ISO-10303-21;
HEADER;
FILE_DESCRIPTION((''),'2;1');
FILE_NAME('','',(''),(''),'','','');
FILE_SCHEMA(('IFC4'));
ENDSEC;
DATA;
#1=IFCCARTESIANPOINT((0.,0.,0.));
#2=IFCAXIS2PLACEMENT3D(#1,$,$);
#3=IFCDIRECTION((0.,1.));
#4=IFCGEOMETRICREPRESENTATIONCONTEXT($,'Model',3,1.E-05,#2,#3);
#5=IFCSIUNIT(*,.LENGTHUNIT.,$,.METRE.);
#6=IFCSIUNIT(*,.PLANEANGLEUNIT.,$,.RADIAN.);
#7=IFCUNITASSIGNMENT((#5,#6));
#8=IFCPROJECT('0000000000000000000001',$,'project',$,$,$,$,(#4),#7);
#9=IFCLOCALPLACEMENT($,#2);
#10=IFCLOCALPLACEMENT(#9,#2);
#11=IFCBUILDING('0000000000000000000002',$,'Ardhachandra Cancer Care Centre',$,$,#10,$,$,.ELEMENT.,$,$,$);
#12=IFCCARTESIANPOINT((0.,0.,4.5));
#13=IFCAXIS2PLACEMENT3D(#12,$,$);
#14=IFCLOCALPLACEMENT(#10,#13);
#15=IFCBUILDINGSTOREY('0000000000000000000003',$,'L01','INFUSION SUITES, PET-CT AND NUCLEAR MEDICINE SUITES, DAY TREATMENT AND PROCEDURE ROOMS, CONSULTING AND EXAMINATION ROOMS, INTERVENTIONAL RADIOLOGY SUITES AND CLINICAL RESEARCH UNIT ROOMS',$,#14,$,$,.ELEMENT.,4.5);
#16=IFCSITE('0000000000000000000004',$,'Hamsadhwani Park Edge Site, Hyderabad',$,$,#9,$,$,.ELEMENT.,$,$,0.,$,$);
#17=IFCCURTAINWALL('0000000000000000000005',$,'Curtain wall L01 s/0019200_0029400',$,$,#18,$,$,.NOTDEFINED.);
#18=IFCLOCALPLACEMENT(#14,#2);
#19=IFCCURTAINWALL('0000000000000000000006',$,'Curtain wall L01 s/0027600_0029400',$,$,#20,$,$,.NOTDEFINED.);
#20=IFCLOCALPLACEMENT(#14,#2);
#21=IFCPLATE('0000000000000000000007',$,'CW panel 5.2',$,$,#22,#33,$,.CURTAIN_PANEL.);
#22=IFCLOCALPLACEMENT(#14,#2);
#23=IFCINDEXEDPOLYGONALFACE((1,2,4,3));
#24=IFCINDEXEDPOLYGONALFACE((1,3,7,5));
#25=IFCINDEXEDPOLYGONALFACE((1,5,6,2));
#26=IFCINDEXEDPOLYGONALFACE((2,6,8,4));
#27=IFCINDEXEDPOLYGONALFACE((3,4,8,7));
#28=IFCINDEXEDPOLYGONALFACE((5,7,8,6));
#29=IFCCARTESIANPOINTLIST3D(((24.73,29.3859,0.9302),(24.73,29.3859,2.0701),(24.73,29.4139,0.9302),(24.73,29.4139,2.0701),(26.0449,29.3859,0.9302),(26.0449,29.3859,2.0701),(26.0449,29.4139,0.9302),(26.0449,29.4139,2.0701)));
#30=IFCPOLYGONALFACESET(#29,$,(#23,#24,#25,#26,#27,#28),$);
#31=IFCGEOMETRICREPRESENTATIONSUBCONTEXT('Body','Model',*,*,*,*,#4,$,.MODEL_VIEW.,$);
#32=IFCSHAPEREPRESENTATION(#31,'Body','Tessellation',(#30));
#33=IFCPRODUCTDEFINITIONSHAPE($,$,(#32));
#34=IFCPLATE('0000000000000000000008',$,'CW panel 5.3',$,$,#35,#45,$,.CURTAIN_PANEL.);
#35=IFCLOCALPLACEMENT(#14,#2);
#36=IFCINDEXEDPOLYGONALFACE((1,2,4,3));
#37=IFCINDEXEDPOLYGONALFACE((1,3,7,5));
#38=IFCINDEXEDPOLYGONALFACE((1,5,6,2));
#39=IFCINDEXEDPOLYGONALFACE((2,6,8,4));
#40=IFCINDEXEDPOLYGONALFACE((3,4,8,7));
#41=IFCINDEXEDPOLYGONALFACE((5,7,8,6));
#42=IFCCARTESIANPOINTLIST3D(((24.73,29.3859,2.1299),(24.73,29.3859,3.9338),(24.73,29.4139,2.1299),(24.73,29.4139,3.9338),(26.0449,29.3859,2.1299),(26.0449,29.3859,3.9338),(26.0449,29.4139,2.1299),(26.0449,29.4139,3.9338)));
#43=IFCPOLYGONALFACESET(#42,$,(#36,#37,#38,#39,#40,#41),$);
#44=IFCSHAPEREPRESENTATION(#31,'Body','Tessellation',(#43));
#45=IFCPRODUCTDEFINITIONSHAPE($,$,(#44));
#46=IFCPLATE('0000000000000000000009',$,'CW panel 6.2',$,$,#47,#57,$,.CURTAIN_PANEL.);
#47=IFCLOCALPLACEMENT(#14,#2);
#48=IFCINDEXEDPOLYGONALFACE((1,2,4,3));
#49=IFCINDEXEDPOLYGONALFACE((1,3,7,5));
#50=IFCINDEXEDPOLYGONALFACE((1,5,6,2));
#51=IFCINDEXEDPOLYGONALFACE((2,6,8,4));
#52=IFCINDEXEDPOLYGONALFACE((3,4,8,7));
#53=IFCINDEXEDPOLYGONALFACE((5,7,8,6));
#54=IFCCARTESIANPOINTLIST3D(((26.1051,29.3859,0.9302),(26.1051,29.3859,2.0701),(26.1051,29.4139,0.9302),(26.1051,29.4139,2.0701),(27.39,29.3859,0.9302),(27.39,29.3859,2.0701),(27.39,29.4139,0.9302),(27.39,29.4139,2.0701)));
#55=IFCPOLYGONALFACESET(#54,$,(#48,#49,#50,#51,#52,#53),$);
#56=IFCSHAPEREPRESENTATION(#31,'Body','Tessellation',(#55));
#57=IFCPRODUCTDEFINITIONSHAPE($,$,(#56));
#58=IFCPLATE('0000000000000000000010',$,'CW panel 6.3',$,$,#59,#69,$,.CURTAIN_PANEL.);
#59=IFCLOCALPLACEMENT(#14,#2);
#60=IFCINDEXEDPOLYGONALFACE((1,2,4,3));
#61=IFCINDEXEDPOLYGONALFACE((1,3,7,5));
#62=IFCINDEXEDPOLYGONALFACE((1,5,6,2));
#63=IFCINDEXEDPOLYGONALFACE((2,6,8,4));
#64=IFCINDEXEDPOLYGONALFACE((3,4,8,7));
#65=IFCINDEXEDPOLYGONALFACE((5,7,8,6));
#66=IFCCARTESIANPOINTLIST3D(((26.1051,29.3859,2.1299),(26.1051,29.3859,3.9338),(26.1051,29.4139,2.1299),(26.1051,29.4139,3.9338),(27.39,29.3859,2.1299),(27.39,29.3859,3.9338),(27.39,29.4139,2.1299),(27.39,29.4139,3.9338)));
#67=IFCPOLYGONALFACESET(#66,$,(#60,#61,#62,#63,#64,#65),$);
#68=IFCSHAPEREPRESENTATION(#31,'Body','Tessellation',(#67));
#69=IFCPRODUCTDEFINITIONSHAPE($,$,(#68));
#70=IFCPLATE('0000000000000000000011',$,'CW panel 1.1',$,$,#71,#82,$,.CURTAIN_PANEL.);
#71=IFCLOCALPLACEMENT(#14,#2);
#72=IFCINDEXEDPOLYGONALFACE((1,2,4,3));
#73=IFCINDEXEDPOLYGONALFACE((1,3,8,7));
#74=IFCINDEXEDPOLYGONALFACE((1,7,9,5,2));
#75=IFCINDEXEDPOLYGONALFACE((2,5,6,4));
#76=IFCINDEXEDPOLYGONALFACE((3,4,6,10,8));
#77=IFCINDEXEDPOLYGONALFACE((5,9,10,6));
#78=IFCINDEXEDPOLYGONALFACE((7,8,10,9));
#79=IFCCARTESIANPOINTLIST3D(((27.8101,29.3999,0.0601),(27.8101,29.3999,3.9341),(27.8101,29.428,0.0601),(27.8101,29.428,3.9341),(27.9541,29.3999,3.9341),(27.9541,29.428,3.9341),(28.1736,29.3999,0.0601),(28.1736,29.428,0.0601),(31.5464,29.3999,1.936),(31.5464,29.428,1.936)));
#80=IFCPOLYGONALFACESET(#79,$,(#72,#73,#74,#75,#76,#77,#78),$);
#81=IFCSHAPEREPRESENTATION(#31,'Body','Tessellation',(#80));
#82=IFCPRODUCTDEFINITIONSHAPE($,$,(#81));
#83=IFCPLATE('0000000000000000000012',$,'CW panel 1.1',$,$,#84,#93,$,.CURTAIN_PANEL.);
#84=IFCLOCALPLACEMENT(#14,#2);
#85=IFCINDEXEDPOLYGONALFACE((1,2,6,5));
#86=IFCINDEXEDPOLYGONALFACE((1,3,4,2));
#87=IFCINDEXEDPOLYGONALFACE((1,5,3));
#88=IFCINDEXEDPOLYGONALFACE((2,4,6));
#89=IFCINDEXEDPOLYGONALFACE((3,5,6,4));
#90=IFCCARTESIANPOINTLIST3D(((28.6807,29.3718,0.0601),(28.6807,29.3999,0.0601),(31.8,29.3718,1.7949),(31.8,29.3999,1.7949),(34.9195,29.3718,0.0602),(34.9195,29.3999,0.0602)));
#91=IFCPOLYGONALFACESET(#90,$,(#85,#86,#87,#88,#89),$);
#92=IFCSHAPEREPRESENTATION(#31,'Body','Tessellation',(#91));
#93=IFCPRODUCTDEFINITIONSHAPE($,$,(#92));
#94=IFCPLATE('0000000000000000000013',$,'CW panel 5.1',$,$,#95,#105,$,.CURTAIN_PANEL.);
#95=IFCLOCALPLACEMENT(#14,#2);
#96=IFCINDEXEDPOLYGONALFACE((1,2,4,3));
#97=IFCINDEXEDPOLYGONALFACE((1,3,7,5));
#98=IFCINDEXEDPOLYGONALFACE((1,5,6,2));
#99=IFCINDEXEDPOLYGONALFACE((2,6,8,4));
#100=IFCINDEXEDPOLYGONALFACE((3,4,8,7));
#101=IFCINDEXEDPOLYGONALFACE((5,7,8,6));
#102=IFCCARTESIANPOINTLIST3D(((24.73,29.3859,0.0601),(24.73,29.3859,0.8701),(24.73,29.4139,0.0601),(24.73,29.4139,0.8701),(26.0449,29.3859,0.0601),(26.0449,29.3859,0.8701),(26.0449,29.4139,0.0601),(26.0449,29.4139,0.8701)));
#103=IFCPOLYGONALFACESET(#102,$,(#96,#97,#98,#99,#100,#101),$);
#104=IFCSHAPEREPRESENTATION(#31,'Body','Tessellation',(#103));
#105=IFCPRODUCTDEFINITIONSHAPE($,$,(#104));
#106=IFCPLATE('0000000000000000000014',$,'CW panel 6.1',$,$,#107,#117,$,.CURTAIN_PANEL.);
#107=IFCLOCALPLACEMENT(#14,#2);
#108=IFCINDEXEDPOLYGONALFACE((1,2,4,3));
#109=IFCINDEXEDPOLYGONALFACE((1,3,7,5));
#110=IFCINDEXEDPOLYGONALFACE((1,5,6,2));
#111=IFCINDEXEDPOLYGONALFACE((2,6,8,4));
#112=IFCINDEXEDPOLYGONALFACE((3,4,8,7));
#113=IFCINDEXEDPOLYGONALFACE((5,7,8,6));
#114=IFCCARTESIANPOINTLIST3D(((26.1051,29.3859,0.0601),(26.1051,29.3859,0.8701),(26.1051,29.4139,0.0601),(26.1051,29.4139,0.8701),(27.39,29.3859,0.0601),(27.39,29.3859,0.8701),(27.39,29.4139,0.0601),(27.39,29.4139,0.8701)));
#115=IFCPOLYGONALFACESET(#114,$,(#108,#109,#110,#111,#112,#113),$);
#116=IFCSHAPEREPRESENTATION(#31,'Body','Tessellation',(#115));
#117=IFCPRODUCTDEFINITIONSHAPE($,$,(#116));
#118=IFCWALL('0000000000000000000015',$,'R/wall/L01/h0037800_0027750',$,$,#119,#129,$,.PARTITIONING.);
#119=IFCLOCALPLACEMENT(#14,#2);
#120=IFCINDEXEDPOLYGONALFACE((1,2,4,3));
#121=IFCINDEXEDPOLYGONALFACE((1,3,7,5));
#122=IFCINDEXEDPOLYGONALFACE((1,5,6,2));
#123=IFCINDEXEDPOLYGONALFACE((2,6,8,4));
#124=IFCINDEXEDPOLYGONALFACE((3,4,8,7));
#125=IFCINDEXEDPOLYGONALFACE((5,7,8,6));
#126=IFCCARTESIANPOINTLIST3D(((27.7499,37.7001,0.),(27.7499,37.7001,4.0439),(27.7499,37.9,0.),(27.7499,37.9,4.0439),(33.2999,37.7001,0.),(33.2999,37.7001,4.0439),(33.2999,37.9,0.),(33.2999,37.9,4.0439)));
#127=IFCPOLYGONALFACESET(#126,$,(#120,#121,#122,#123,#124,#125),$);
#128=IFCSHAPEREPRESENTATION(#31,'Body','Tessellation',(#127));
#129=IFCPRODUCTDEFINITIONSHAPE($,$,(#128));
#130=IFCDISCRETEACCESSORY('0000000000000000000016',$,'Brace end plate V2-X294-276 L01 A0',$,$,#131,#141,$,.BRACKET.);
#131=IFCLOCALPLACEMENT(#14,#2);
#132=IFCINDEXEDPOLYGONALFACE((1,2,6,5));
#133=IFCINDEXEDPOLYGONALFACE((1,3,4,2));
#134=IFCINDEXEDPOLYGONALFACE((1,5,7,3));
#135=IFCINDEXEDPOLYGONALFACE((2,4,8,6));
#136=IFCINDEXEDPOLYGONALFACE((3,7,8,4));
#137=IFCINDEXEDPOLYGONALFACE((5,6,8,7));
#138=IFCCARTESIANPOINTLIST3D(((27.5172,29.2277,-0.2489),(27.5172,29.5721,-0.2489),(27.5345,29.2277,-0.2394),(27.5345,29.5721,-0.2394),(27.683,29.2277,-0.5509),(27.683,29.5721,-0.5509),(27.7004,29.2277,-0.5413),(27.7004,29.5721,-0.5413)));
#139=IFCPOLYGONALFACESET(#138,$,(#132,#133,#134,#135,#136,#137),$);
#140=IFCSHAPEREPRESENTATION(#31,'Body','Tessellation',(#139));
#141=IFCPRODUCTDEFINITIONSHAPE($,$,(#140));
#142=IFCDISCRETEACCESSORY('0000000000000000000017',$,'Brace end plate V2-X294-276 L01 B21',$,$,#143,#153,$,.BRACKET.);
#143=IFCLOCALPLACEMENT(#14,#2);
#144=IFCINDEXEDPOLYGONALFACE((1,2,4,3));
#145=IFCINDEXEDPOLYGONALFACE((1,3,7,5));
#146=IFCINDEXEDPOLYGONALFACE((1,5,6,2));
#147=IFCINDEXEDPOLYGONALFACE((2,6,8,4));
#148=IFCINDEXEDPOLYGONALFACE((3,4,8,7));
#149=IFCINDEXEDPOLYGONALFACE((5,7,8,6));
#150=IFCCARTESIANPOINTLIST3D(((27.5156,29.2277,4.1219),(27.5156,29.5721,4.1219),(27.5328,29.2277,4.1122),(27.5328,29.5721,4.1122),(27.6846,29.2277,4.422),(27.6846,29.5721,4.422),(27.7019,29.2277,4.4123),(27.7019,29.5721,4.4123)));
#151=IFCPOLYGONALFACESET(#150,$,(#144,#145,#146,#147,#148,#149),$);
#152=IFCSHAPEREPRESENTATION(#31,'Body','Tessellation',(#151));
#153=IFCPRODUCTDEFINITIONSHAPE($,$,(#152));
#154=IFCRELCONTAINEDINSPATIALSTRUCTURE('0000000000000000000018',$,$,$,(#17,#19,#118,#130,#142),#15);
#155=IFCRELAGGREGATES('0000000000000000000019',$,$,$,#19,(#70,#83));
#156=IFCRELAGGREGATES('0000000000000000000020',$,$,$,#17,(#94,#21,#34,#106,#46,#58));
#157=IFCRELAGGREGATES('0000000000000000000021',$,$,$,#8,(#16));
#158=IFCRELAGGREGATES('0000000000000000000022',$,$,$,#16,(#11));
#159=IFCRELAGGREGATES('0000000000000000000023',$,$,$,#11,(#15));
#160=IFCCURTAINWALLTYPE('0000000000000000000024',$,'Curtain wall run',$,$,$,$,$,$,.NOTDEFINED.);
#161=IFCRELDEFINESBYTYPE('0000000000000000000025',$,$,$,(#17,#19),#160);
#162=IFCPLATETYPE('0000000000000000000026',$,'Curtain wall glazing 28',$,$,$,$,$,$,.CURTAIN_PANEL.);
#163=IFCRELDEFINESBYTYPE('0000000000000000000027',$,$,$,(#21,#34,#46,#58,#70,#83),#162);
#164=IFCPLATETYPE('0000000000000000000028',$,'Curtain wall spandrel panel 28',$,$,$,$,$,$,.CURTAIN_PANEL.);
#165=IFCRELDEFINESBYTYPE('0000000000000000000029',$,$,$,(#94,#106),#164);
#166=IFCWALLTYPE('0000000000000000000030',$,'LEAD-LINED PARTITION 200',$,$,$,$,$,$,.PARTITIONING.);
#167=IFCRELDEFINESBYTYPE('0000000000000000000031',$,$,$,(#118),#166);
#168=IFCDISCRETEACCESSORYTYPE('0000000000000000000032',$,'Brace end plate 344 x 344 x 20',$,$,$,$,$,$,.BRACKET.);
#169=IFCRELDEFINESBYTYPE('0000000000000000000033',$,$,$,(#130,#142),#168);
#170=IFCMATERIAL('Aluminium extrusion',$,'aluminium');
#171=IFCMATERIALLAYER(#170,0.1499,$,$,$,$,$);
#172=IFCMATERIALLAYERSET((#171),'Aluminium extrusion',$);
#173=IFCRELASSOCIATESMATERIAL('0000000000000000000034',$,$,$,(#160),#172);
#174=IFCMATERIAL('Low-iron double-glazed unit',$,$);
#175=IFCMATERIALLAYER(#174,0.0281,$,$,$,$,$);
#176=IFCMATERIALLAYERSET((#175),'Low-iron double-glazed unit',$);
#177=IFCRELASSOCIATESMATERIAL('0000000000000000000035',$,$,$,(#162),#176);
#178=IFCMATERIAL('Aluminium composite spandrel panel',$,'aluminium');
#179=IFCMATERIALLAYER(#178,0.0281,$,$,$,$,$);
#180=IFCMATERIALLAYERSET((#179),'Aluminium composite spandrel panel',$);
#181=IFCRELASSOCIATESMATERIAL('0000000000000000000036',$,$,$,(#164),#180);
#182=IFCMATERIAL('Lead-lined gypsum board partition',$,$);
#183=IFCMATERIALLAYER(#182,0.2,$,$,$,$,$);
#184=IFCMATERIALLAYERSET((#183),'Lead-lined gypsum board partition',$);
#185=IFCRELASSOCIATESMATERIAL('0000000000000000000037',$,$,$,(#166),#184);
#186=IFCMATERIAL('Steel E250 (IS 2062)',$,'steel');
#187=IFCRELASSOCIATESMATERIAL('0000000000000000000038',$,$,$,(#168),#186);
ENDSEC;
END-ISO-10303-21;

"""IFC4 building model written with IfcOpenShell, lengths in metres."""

from ifc_helpers import new_model, si_unit, direction, frame, frame_2d, origin, origin_2d, place, context, subcontext, project, spatial, polyline, rectangle, outline, extrude, material, layer, layer_set, material_profile, profile_set, type_object, element, aggregate, save


model = new_model("IFC4")

# Units and contexts
model_context = context("Model", 3, precision=1e-05, world=origin(), true_north=direction((0.0, 1.0)))
body_context = subcontext(model_context, "Body", "Model", "MODEL_VIEW")
ifc_project = project(units=[si_unit("LENGTHUNIT", "METRE"), si_unit("PLANEANGLEUNIT", "RADIAN")], contexts=[model_context])

# Site, building, storey
site_placement = place(None, origin())
site = spatial("IfcSite", under=ifc_project, at=site_placement, Name="Hamsadhwani Park Edge Site, Hyderabad", CompositionType="ELEMENT", RefElevation=0.0)
building_placement = place(site_placement, origin())
building = spatial("IfcBuilding", under=site, at=building_placement, Name="Ardhachandra Cancer Care Centre", CompositionType="ELEMENT")
storey_placement = place(building_placement, frame((0.0, 0.0, 4.5)))
storey = spatial("IfcBuildingStorey", under=building, at=storey_placement, Name="L01", Description="INFUSION SUITES, PET-CT AND NUCLEAR MEDICINE SUITES, DAY TREATMENT AND PROCEDURE ROOMS, CONSULTING AND EXAMINATION ROOMS, INTERVENTIONAL RADIOLOGY SUITES AND CLINICAL RESEARCH UNIT ROOMS", CompositionType="ELEMENT", Elevation=4.5)

# Curtain wall
ifc_material_1 = material(Name="Aluminium extrusion", Category="aluminium")
ifc_layer_1 = layer(ifc_material_1, 0.1499)
ifc_layer_set_1 = layer_set([ifc_layer_1], Name="Aluminium extrusion")
curtain_wall_type = type_object("IfcCurtainWallType", Name="Curtain wall run", PredefinedType="NOTDEFINED", material=ifc_layer_set_1)
curtain_wall_1_placement = place(storey_placement, origin())
curtain_wall_1 = element("IfcCurtainWall", 1, at=curtain_wall_1_placement, inside=storey, type_object=curtain_wall_type, Name="Curtain wall L01 s/0019200_0029400", PredefinedType="NOTDEFINED")

# Curtain wall
curtain_wall_2_placement = place(storey_placement, origin())
curtain_wall_2 = element("IfcCurtainWall", 2, at=curtain_wall_2_placement, inside=storey, type_object=curtain_wall_type, Name="Curtain wall L01 s/0027600_0029400", PredefinedType="NOTDEFINED")

# Plates
ifc_material_2 = material(Name="Low-iron double-glazed unit")
ifc_layer_2 = layer(ifc_material_2, 0.0281)
ifc_layer_set_2 = layer_set([ifc_layer_2], Name="Low-iron double-glazed unit")
plate_type_1 = type_object("IfcPlateType", Name="Curtain wall glazing 28", PredefinedType="CURTAIN_PANEL", material=ifc_layer_set_2)
plate_1_placement = place(storey_placement, frame((25.3875, 29.3999, 0.9302), z_axis=(0.0, 0.0, 1.0), x_axis=(1.0, 0.0, 0.0)))
plate_1 = element("IfcPlate", 3, at=plate_1_placement, type_object=plate_type_1, Name="CW panel 5.2", PredefinedType="CURTAIN_PANEL", context=body_context, shape_type="SweptSolid", body=[
    extrude(rectangle(XDim=1.3149, YDim=0.0281, at=origin_2d()), origin(), (0.0, 0.0, 1.0), 1.1399),
])
plate_2_placement = place(storey_placement, frame((25.3875, 29.3999, 2.1299), z_axis=(0.0, 0.0, 1.0), x_axis=(1.0, 0.0, 0.0)))
plate_2 = element("IfcPlate", 4, at=plate_2_placement, type_object=plate_type_1, Name="CW panel 5.3", PredefinedType="CURTAIN_PANEL", context=body_context, shape_type="SweptSolid", body=[
    extrude(rectangle(XDim=1.3149, YDim=0.0281, at=origin_2d()), origin(), (0.0, 0.0, 1.0), 1.804),
])
plate_3_placement = place(storey_placement, frame((26.7476, 29.3999, 0.9302), z_axis=(0.0, 0.0, 1.0), x_axis=(1.0, 0.0, 0.0)))
plate_3 = element("IfcPlate", 5, at=plate_3_placement, type_object=plate_type_1, Name="CW panel 6.2", PredefinedType="CURTAIN_PANEL", context=body_context, shape_type="SweptSolid", body=[
    extrude(rectangle(XDim=1.2849, YDim=0.0281, at=origin_2d()), origin(), (0.0, 0.0, 1.0), 1.1399),
])
plate_4_placement = place(storey_placement, frame((26.7476, 29.3999, 2.1299), z_axis=(0.0, 0.0, 1.0), x_axis=(1.0, 0.0, 0.0)))
plate_4 = element("IfcPlate", 6, at=plate_4_placement, type_object=plate_type_1, Name="CW panel 6.3", PredefinedType="CURTAIN_PANEL", context=body_context, shape_type="SweptSolid", body=[
    extrude(rectangle(XDim=1.2849, YDim=0.0281, at=origin_2d()), origin(), (0.0, 0.0, 1.0), 1.804),
])
plate_5_placement = place(storey_placement, frame((27.8101, 29.3999, 0.0601), z_axis=(0.0, 1.0, 0.0), x_axis=(0.0, 0.0, 1.0)))
plate_5 = element("IfcPlate", 7, at=plate_5_placement, type_object=plate_type_1, Name="CW panel 1.1", PredefinedType="CURTAIN_PANEL", context=body_context, shape_type="SweptSolid", body=[
    extrude(outline(polyline([(0.0, 0.0), (3.874, 0.0), (3.874, 0.144), (1.876, 3.7363), (0.0, 0.3635), (0.0, 0.0)])), origin(), (0.0, 0.0, 1.0), 0.0281),
])
plate_6_placement = place(storey_placement, frame((28.6807, 29.3999, 0.0601), z_axis=(0.0, 1.0, 0.0), x_axis=(0.873935, 0.0, 0.486044)))
plate_6 = element("IfcPlate", 8, at=plate_6_placement, type_object=plate_type_1, Name="CW panel 1.1", PredefinedType="CURTAIN_PANEL", context=body_context, shape_type="SweptSolid", body=[
    extrude(outline(polyline([(0.0, 0.0), (3.5693, 0.0), (5.4524, 3.0322), (0.0, 0.0)])), frame((0.0, 0.0, -0.0281)), (0.0, 0.0, 1.0), 0.0281),
])
aggregate(curtain_wall_2, [plate_5, plate_6])
ifc_material_3 = material(Name="Aluminium composite spandrel panel", Category="aluminium")
ifc_layer_3 = layer(ifc_material_3, 0.0281)
ifc_layer_set_3 = layer_set([ifc_layer_3], Name="Aluminium composite spandrel panel")
plate_type_2 = type_object("IfcPlateType", Name="Curtain wall spandrel panel 28", PredefinedType="CURTAIN_PANEL", material=ifc_layer_set_3)
plate_7_placement = place(storey_placement, frame((25.3875, 29.3999, 0.0601), z_axis=(0.0, 0.0, 1.0), x_axis=(1.0, 0.0, 0.0)))
plate_7 = element("IfcPlate", 9, at=plate_7_placement, type_object=plate_type_2, Name="CW panel 5.1", PredefinedType="CURTAIN_PANEL", context=body_context, shape_type="SweptSolid", body=[
    extrude(rectangle(XDim=1.3149, YDim=0.0281, at=origin_2d()), origin(), (0.0, 0.0, 1.0), 0.8101),
])
plate_8_placement = place(storey_placement, frame((26.7476, 29.3999, 0.0601), z_axis=(0.0, 0.0, 1.0), x_axis=(1.0, 0.0, 0.0)))
plate_8 = element("IfcPlate", 10, at=plate_8_placement, type_object=plate_type_2, Name="CW panel 6.1", PredefinedType="CURTAIN_PANEL", context=body_context, shape_type="SweptSolid", body=[
    extrude(rectangle(XDim=1.2849, YDim=0.0281, at=origin_2d()), origin(), (0.0, 0.0, 1.0), 0.8101),
])
aggregate(curtain_wall_1, [plate_7, plate_1, plate_2, plate_8, plate_3, plate_4])

# Wall
ifc_material_4 = material(Name="Lead-lined gypsum board partition")
ifc_layer_4 = layer(ifc_material_4, 0.2)
ifc_layer_set_4 = layer_set([ifc_layer_4], Name="Lead-lined gypsum board partition")
wall_type = type_object("IfcWallType", Name="LEAD-LINED PARTITION 200", PredefinedType="PARTITIONING", material=ifc_layer_set_4)
wall_placement = place(storey_placement, frame((27.75, 37.8, 0.0), z_axis=(0.0, 0.0, 1.0), x_axis=(1.0, 0.0, 0.0)))
element("IfcWall", 11, at=wall_placement, inside=storey, type_object=wall_type, Name="R/wall/L01/h0037800_0027750", PredefinedType="PARTITIONING", context=body_context, shape_type="SweptSolid", body=[
    extrude(rectangle(XDim=5.55, YDim=0.2, at=frame_2d((2.7749, 0.0))), origin(), (0.0, 0.0, 1.0), 4.0439),
])

# Discrete accessories
ifc_material_5 = material(Name="Steel E250 (IS 2062)", Category="steel")
ifc_material_profile_1 = material_profile(ifc_material_5, rectangle(XDim=0.3445, YDim=0.3445, at=origin_2d()), Name="PL 344x344x20")
ifc_profile_set_1 = profile_set([ifc_material_profile_1], Name="Steel E250 (IS 2062)")
discrete_accessory_type = type_object("IfcDiscreteAccessoryType", Name="Brace end plate 344 x 344 x 20", PredefinedType="BRACKET", material=ifc_profile_set_1)
for number, where, z_axis, x_axis, name in (
    (12, (27.6001, 29.3999, -0.3999), (0.876476, 0.0, 0.481445), (0.0, 1.0, 0.0), "Brace end plate V2-X294-276 L01 A0"),
    (13, (27.6001, 29.3999, 4.272), (0.871248, 0.0, -0.490844), (0.0, 1.0, 0.0), "Brace end plate V2-X294-276 L01 B21"),
):
    element("IfcDiscreteAccessory", number, at=place(storey_placement, frame(where, z_axis=z_axis, x_axis=x_axis)), inside=storey, type_object=discrete_accessory_type, Name=name, PredefinedType="BRACKET", context=body_context, shape_type="SweptSolid", body=[
        extrude(rectangle(XDim=0.3445, YDim=0.3445, at=origin_2d()), origin(), (0.0, 0.0, 1.0), 0.0198),
    ])

save(model, "model.ifc")
